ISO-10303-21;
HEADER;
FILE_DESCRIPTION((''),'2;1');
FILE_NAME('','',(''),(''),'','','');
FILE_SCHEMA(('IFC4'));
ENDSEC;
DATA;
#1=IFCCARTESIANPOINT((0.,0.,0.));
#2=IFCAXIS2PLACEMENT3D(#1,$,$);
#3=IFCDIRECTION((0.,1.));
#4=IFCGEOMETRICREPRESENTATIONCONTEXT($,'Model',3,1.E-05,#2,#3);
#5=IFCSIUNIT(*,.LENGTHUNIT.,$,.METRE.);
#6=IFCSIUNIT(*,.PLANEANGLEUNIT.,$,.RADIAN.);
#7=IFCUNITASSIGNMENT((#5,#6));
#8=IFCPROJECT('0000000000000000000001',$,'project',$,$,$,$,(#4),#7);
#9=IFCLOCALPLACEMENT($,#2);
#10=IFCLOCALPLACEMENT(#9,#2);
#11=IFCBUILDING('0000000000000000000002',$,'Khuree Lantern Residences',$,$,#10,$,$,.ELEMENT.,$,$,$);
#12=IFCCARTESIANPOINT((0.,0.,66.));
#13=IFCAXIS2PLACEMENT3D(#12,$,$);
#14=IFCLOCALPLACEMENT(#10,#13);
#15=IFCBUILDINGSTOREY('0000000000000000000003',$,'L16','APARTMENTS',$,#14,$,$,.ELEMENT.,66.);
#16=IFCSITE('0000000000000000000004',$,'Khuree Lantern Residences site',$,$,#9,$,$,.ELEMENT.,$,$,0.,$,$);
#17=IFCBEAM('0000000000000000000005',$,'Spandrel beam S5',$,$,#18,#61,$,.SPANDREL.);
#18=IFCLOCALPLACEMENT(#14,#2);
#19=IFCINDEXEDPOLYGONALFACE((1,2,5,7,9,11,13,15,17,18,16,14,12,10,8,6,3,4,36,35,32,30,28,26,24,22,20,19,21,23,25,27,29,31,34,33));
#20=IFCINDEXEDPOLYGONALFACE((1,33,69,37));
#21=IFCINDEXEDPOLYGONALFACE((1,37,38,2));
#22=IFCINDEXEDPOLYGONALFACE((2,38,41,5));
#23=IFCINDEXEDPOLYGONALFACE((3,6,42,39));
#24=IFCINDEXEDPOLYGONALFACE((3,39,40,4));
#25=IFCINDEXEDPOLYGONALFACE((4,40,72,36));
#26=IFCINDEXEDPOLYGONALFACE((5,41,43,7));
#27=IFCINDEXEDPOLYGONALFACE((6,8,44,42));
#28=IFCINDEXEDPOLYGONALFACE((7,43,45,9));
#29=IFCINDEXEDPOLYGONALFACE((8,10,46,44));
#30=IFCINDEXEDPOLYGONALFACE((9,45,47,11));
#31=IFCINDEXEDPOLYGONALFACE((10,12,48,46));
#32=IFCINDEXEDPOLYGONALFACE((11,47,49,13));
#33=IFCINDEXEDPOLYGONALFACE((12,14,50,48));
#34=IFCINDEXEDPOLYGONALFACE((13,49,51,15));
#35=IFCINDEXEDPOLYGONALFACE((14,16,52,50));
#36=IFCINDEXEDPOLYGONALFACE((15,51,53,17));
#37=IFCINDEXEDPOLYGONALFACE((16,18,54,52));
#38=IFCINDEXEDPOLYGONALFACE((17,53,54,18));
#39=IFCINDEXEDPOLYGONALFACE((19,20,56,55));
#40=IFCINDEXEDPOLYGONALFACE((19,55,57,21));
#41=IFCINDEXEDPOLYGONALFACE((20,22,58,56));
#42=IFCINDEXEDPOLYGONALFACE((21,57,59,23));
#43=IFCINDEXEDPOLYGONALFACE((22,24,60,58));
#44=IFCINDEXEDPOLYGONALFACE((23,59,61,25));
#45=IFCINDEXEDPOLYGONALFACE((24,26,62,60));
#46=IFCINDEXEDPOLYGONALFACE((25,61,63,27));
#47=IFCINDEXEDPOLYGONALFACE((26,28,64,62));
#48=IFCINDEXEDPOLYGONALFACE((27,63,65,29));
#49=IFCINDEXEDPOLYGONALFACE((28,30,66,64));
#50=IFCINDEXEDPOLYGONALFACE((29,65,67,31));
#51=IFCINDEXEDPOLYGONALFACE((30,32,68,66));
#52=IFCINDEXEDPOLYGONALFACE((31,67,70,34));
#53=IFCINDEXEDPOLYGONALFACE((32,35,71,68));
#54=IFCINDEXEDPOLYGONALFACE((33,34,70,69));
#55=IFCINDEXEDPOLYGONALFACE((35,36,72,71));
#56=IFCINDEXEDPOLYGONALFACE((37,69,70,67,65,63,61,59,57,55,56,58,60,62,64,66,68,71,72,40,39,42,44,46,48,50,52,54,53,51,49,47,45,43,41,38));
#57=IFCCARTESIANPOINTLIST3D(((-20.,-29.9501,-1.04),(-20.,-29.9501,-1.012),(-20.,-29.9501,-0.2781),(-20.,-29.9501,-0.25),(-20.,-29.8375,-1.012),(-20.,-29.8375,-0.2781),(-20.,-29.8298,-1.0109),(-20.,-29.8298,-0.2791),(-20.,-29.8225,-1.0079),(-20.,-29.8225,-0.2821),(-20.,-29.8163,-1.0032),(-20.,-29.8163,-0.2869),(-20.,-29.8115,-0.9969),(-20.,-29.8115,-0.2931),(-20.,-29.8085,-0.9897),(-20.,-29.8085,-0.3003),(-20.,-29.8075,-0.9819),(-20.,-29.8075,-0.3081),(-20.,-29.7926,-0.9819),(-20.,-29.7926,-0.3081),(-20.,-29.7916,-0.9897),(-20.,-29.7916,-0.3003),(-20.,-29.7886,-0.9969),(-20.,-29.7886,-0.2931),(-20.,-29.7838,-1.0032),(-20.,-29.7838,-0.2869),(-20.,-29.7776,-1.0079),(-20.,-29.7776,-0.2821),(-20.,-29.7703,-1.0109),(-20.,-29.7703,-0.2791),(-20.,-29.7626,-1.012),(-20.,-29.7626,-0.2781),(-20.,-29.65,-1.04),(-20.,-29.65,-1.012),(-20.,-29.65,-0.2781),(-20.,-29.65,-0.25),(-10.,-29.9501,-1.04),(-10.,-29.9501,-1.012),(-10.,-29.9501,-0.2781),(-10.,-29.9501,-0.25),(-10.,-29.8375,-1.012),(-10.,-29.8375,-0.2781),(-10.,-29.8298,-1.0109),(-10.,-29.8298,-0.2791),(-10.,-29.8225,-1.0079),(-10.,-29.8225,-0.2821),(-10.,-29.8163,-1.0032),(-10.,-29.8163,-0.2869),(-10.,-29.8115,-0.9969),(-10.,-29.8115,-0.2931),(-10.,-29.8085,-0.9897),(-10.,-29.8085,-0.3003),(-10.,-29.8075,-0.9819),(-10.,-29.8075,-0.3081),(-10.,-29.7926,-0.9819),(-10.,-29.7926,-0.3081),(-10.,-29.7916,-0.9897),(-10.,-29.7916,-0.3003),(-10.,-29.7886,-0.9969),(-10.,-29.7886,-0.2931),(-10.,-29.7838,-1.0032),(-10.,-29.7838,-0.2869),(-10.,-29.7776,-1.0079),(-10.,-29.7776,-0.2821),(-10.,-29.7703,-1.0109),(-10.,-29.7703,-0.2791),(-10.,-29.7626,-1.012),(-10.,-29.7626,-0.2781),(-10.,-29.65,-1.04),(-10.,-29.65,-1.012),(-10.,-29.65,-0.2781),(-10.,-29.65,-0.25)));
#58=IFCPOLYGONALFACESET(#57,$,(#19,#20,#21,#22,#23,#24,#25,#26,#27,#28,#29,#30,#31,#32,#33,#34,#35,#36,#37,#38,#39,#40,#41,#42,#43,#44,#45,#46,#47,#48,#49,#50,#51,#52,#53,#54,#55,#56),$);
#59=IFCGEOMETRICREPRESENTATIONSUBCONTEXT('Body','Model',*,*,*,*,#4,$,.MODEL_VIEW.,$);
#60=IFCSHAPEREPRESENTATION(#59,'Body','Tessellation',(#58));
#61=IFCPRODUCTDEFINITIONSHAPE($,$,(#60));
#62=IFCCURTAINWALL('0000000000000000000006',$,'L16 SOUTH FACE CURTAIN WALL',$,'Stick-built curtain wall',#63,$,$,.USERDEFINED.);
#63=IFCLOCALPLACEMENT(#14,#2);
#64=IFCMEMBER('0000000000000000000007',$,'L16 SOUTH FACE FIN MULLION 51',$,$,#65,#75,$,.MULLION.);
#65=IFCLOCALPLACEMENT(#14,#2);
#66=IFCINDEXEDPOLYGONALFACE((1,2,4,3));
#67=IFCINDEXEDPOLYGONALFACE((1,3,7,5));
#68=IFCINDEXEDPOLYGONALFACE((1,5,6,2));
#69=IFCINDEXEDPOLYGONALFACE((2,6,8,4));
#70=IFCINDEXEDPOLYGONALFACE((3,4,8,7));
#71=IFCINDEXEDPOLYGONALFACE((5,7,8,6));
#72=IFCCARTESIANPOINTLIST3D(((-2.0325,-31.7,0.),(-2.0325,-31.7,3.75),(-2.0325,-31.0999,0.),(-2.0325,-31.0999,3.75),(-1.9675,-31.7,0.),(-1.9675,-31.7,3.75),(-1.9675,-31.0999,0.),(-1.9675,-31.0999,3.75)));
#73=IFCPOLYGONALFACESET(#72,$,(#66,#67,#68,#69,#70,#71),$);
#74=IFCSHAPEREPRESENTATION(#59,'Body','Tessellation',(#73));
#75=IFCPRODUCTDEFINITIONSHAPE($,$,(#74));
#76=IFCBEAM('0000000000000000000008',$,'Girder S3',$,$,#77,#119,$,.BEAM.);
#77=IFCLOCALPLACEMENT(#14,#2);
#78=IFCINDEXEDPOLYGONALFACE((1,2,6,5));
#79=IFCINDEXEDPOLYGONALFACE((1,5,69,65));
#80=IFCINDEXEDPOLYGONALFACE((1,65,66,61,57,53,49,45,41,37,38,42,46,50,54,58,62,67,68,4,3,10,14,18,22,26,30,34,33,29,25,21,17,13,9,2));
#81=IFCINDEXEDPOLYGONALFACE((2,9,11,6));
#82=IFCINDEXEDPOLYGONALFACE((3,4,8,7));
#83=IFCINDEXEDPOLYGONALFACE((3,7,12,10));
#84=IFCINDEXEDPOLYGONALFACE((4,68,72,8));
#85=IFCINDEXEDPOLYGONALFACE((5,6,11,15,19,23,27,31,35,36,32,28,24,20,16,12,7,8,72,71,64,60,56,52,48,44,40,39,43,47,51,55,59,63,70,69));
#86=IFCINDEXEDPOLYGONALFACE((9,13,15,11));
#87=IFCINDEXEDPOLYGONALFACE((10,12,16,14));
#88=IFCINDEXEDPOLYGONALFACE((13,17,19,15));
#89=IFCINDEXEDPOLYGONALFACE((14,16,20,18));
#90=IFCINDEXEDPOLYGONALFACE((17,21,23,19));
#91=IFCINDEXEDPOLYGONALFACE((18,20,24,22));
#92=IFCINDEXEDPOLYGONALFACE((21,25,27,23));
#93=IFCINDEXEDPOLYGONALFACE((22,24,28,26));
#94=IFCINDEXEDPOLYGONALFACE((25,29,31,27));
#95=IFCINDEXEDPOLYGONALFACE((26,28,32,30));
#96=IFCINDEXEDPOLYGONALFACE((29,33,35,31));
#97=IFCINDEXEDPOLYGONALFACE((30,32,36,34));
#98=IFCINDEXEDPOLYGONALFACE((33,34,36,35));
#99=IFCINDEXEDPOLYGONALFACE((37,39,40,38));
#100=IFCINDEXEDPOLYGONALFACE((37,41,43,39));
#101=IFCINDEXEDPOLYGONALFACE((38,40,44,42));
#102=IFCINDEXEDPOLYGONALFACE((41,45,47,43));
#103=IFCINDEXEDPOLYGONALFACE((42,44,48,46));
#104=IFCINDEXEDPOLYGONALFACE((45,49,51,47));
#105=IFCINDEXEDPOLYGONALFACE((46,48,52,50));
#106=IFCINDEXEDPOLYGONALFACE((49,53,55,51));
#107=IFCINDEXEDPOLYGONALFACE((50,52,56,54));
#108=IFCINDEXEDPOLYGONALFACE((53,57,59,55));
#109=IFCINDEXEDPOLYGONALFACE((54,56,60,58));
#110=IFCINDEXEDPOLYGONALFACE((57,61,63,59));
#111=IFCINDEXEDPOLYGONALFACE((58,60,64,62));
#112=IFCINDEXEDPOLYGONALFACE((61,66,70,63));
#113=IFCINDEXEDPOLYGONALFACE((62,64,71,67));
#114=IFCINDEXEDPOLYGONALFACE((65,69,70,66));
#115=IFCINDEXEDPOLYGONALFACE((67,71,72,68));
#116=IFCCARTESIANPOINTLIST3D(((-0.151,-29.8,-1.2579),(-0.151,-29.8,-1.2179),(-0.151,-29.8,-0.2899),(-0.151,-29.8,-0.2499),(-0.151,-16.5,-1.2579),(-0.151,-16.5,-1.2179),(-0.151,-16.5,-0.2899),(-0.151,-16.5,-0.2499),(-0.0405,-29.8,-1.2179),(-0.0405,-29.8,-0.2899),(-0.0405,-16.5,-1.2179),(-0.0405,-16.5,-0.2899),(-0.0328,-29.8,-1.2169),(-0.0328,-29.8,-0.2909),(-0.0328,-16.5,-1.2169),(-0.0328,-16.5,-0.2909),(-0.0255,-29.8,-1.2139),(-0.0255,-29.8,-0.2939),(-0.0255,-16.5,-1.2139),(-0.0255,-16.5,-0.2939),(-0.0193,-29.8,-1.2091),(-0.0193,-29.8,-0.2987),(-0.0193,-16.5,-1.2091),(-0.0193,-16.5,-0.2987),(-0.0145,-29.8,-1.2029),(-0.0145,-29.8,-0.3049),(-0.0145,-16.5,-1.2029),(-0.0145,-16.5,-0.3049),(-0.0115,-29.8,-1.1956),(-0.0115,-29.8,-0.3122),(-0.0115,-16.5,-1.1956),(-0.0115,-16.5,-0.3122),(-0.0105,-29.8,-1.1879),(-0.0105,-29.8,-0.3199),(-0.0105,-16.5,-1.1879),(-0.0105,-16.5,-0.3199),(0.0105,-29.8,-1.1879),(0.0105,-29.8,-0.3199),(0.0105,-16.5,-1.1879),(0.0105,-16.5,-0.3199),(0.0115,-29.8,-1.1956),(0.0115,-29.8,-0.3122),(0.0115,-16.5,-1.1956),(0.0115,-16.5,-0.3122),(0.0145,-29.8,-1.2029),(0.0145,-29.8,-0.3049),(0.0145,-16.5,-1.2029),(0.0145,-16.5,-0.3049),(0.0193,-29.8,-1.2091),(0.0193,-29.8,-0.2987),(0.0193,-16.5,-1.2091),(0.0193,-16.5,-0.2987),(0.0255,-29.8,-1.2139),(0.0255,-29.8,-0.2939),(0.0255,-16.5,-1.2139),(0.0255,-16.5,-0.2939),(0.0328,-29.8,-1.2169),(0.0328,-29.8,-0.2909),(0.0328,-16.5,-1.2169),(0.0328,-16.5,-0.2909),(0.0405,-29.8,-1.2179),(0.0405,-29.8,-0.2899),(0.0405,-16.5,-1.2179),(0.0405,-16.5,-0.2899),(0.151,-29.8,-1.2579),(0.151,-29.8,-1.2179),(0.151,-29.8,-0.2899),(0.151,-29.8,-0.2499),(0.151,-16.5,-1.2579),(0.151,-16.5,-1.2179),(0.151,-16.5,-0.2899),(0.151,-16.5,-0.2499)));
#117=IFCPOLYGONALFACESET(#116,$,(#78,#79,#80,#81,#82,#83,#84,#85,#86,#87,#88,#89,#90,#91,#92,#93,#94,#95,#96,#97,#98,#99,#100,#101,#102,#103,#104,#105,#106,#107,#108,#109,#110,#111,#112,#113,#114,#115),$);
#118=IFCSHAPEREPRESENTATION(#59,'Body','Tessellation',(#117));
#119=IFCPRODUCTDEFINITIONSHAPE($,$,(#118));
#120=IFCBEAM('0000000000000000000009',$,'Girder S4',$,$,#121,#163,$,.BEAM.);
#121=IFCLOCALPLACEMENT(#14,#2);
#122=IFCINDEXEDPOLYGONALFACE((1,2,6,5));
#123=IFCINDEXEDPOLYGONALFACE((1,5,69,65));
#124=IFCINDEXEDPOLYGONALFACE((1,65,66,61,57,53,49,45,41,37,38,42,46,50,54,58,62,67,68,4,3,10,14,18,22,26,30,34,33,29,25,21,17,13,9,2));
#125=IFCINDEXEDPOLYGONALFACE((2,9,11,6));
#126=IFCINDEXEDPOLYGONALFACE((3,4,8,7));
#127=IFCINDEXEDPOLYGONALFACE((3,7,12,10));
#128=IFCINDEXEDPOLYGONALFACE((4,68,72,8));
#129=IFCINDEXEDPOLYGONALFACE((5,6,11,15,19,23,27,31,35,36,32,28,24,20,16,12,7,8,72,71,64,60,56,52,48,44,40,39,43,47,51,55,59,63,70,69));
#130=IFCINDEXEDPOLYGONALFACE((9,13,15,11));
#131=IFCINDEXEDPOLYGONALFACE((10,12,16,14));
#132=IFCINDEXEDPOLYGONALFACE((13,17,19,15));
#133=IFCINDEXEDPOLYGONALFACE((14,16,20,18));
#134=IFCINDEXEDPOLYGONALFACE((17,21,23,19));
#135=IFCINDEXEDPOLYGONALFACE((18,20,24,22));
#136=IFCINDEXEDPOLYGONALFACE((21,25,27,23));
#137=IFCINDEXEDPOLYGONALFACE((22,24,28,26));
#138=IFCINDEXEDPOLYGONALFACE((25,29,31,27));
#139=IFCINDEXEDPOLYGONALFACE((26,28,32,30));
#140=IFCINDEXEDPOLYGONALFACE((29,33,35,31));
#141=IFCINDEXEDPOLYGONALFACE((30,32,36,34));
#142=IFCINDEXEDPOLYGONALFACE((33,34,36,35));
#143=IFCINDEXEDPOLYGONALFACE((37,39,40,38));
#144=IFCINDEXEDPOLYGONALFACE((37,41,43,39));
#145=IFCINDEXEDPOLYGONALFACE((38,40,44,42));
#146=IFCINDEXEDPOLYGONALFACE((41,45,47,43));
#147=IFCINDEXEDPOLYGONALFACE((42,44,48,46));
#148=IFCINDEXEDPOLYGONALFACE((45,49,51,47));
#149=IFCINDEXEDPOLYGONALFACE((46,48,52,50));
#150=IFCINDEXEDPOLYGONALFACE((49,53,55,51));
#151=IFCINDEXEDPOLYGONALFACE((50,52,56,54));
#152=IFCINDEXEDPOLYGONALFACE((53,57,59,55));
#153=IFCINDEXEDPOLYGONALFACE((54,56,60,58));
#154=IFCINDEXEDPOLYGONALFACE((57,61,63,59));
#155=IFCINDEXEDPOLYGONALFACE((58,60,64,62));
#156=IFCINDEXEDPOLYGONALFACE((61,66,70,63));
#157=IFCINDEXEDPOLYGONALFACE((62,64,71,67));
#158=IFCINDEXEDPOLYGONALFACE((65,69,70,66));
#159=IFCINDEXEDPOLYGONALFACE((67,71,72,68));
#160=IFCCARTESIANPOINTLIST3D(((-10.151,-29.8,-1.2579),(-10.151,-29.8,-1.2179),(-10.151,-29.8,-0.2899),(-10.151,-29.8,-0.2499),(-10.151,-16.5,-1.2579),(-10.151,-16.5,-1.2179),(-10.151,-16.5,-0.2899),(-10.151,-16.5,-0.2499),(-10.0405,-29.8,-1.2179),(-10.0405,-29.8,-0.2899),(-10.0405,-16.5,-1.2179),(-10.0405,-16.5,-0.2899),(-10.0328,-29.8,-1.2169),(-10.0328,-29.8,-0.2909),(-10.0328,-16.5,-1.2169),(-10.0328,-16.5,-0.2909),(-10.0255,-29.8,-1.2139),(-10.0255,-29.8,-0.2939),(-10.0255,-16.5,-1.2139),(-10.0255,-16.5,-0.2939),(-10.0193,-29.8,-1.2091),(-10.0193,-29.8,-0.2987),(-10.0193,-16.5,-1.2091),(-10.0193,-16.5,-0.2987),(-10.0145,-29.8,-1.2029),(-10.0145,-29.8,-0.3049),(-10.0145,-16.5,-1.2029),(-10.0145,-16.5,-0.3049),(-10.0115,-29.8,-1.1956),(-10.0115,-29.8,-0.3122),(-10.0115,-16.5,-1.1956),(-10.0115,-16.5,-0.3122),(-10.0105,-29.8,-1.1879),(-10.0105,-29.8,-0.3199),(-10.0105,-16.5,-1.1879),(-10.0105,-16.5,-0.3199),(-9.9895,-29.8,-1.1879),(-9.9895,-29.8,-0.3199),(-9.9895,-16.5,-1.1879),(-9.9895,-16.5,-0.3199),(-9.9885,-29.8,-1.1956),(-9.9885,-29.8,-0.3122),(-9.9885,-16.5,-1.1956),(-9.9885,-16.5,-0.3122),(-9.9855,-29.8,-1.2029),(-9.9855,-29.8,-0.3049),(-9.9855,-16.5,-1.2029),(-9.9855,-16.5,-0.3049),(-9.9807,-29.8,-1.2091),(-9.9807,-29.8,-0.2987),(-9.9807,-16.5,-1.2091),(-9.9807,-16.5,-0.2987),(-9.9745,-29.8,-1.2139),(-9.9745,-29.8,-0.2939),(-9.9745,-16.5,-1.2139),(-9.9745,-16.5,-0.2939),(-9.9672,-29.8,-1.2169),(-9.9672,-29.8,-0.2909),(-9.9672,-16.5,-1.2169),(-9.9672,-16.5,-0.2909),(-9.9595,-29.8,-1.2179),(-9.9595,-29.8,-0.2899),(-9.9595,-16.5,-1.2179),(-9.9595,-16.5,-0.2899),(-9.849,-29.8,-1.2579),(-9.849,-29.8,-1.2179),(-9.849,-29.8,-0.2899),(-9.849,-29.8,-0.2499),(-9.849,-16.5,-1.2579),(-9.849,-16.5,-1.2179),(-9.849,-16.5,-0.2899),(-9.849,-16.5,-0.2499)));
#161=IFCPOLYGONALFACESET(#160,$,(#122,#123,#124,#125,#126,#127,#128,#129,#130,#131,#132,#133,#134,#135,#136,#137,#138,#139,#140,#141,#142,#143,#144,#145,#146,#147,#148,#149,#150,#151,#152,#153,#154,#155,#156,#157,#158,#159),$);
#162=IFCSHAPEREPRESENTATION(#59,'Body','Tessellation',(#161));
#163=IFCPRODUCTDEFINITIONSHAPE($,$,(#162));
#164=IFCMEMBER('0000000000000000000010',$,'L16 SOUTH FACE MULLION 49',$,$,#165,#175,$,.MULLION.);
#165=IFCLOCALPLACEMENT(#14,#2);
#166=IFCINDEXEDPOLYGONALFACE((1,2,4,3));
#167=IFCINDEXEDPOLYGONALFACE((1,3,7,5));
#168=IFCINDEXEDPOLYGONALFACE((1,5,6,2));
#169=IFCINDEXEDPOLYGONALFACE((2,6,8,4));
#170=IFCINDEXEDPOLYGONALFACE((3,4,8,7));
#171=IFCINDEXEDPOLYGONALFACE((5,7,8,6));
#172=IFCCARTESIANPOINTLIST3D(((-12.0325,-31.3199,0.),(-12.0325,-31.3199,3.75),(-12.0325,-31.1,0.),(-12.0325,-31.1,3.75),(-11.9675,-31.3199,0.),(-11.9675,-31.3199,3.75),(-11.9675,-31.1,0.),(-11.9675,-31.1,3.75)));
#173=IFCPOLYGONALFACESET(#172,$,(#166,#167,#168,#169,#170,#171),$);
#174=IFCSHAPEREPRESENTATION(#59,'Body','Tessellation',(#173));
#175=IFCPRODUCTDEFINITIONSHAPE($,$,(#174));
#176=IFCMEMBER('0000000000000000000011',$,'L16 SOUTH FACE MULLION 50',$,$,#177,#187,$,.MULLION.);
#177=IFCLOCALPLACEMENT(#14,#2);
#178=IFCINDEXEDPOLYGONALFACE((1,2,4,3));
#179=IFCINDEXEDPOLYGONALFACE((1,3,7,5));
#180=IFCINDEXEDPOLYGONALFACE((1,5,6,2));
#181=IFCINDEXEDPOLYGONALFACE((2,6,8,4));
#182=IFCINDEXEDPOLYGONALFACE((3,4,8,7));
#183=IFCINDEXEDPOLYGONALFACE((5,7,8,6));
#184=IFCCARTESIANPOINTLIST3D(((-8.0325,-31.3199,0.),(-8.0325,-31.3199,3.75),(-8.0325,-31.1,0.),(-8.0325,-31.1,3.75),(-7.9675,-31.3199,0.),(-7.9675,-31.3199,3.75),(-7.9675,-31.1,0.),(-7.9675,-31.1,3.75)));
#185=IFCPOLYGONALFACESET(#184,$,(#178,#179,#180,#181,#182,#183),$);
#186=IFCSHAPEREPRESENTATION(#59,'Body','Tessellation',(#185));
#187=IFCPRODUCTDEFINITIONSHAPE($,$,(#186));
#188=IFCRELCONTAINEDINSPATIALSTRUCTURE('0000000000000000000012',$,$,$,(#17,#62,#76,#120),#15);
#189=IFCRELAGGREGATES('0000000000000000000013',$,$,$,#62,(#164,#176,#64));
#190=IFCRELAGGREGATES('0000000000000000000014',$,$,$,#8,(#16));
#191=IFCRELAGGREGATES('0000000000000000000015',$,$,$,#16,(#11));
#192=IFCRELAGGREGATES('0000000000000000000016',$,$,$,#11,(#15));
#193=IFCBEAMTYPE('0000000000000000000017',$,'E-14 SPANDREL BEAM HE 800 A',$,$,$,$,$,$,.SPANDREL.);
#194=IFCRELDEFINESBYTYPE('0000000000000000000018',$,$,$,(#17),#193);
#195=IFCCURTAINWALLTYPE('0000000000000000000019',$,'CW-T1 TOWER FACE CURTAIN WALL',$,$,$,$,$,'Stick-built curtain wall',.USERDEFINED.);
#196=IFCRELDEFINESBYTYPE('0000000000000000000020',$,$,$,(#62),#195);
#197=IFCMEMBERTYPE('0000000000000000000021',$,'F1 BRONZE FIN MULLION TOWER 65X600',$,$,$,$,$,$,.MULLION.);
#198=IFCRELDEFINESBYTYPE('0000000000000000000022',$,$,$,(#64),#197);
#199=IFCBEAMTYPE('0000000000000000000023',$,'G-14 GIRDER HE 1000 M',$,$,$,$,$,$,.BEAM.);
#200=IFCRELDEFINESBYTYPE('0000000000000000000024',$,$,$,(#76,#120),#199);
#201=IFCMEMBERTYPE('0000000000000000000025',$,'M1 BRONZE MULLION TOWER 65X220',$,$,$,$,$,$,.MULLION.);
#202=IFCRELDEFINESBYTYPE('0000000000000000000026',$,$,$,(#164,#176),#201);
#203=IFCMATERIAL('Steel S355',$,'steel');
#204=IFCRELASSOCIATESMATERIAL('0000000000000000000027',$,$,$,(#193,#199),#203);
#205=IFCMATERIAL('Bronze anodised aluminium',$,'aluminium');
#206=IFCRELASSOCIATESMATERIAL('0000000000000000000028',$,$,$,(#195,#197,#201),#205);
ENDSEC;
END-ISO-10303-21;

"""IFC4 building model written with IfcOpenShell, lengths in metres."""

from ifc_helpers import new_model, si_unit, direction, frame, origin, origin_2d, place, context, subcontext, project, spatial, rectangle, i_section, extrude, material, material_profile, profile_set, type_object, element, aggregate, save


model = new_model("IFC4")

# Units and contexts
model_context = context("Model", 3, precision=1e-05, world=origin(), true_north=direction((0.0, 1.0)))
body_context = subcontext(model_context, "Body", "Model", "MODEL_VIEW")
ifc_project = project(units=[si_unit("LENGTHUNIT", "METRE"), si_unit("PLANEANGLEUNIT", "RADIAN")], contexts=[model_context])

# Site, building, storey
site_placement = place(None, origin())
site = spatial("IfcSite", under=ifc_project, at=site_placement, Name="Khuree Lantern Residences site", CompositionType="ELEMENT", RefElevation=0.0)
building_placement = place(site_placement, origin())
building = spatial("IfcBuilding", under=site, at=building_placement, Name="Khuree Lantern Residences", CompositionType="ELEMENT")
storey_placement = place(building_placement, frame((0.0, 0.0, 66.0)))
storey = spatial("IfcBuildingStorey", under=building, at=storey_placement, Name="L16", Description="APARTMENTS", CompositionType="ELEMENT", Elevation=66.0)

# Beam
ifc_material_1 = material(Name="Steel S355", Category="steel")
ifc_material_profile_1 = material_profile(ifc_material_1, i_section(OverallWidth=0.3, OverallDepth=0.79, WebThickness=0.0149, FlangeThickness=0.0281, FilletRadius=0.03, at=origin_2d()), Name="HE 800 A")
ifc_profile_set_1 = profile_set([ifc_material_profile_1], Name="Steel S355")
beam_type_1 = type_object("IfcBeamType", Name="E-14 SPANDREL BEAM HE 800 A", PredefinedType="SPANDREL", material=ifc_profile_set_1)
for number, where, z_axis, x_axis, name in (
    (1, (-10.0, -29.8, -0.645), (-1.0, 0.0, 0.0), (0.0, -1.0, 0.0), "Spandrel beam S5"),
):
    element("IfcBeam", number, at=place(storey_placement, frame(where, z_axis=z_axis, x_axis=x_axis)), inside=storey, type_object=beam_type_1, Name=name, PredefinedType="SPANDREL", context=body_context, shape_type="SweptSolid", body=[
        extrude(i_section(OverallWidth=0.3, OverallDepth=0.79, WebThickness=0.0149, FlangeThickness=0.0281, FilletRadius=0.03, at=origin_2d()), origin(), (0.0, 0.0, 1.0), 10.0),
    ])

# Curtain wall, member
ifc_material_2 = material(Name="Bronze anodised aluminium", Category="aluminium")
curtain_wall_type = type_object("IfcCurtainWallType", Name="CW-T1 TOWER FACE CURTAIN WALL", ElementType="Stick-built curtain wall", PredefinedType="USERDEFINED", material=ifc_material_2)
curtain_wall_placement = place(storey_placement, origin())
curtain_wall = element("IfcCurtainWall", 2, at=curtain_wall_placement, inside=storey, type_object=curtain_wall_type, Name="L16 SOUTH FACE CURTAIN WALL", ObjectType="Stick-built curtain wall", PredefinedType="USERDEFINED")
ifc_material_profile_2 = material_profile(ifc_material_2, rectangle(XDim=0.0649, YDim=0.6001, at=origin_2d()), Name="F1 65X600")
ifc_profile_set_2 = profile_set([ifc_material_profile_2], Name="Bronze anodised aluminium")
member_type_1 = type_object("IfcMemberType", Name="F1 BRONZE FIN MULLION TOWER 65X600", PredefinedType="MULLION", material=ifc_profile_set_2)
member_1_placement = place(storey_placement, frame((-2.0, -31.3999, 0.0), z_axis=(0.0, 0.0, 1.0), x_axis=(1.0, 0.0, 0.0)))
member_1 = element("IfcMember", 3, at=member_1_placement, type_object=member_type_1, Name="L16 SOUTH FACE FIN MULLION 51", PredefinedType="MULLION", context=body_context, shape_type="SweptSolid", body=[
    extrude(rectangle(XDim=0.0649, YDim=0.6001, at=origin_2d()), origin(), (0.0, 0.0, 1.0), 3.75),
])

# Beams
ifc_material_profile_3 = material_profile(ifc_material_1, i_section(OverallWidth=0.302, OverallDepth=1.0081, WebThickness=0.021, FlangeThickness=0.04, FilletRadius=0.03, at=origin_2d()), Name="HE 1000 M")
ifc_profile_set_3 = profile_set([ifc_material_profile_3], Name="Steel S355")
beam_type_2 = type_object("IfcBeamType", Name="G-14 GIRDER HE 1000 M", PredefinedType="BEAM", material=ifc_profile_set_3)
for number, where, z_axis, x_axis, name in (
    (4, (0.0, -29.8, -0.7539), (0.0, 1.0, 0.0), (-1.0, 0.0, 0.0), "Girder S3"),
    (5, (-10.0, -29.8, -0.7539), (0.0, 1.0, 0.0), (-1.0, 0.0, 0.0), "Girder S4"),
):
    element("IfcBeam", number, at=place(storey_placement, frame(where, z_axis=z_axis, x_axis=x_axis)), inside=storey, type_object=beam_type_2, Name=name, PredefinedType="BEAM", context=body_context, shape_type="SweptSolid", body=[
        extrude(i_section(OverallWidth=0.302, OverallDepth=1.0081, WebThickness=0.021, FlangeThickness=0.04, FilletRadius=0.03, at=origin_2d()), origin(), (0.0, 0.0, 1.0), 13.3),
    ])

# Members
ifc_material_profile_4 = material_profile(ifc_material_2, rectangle(XDim=0.0649, YDim=0.22, at=origin_2d()), Name="M1 65X220")
ifc_profile_set_4 = profile_set([ifc_material_profile_4], Name="Bronze anodised aluminium")
member_type_2 = type_object("IfcMemberType", Name="M1 BRONZE MULLION TOWER 65X220", PredefinedType="MULLION", material=ifc_profile_set_4)
member_2_placement = place(storey_placement, frame((-12.0, -31.21, 0.0), z_axis=(0.0, 0.0, 1.0), x_axis=(1.0, 0.0, 0.0)))
member_2 = element("IfcMember", 6, at=member_2_placement, type_object=member_type_2, Name="L16 SOUTH FACE MULLION 49", PredefinedType="MULLION", context=body_context, shape_type="SweptSolid", body=[
    extrude(rectangle(XDim=0.0649, YDim=0.22, at=origin_2d()), origin(), (0.0, 0.0, 1.0), 3.75),
])
member_3_placement = place(storey_placement, frame((-8.0, -31.21, 0.0), z_axis=(0.0, 0.0, 1.0), x_axis=(1.0, 0.0, 0.0)))
member_3 = element("IfcMember", 7, at=member_3_placement, type_object=member_type_2, Name="L16 SOUTH FACE MULLION 50", PredefinedType="MULLION", context=body_context, shape_type="SweptSolid", body=[
    extrude(rectangle(XDim=0.0649, YDim=0.22, at=origin_2d()), origin(), (0.0, 0.0, 1.0), 3.75),
])

aggregate(curtain_wall, [member_2, member_3, member_1])

save(model, "model.ifc")
